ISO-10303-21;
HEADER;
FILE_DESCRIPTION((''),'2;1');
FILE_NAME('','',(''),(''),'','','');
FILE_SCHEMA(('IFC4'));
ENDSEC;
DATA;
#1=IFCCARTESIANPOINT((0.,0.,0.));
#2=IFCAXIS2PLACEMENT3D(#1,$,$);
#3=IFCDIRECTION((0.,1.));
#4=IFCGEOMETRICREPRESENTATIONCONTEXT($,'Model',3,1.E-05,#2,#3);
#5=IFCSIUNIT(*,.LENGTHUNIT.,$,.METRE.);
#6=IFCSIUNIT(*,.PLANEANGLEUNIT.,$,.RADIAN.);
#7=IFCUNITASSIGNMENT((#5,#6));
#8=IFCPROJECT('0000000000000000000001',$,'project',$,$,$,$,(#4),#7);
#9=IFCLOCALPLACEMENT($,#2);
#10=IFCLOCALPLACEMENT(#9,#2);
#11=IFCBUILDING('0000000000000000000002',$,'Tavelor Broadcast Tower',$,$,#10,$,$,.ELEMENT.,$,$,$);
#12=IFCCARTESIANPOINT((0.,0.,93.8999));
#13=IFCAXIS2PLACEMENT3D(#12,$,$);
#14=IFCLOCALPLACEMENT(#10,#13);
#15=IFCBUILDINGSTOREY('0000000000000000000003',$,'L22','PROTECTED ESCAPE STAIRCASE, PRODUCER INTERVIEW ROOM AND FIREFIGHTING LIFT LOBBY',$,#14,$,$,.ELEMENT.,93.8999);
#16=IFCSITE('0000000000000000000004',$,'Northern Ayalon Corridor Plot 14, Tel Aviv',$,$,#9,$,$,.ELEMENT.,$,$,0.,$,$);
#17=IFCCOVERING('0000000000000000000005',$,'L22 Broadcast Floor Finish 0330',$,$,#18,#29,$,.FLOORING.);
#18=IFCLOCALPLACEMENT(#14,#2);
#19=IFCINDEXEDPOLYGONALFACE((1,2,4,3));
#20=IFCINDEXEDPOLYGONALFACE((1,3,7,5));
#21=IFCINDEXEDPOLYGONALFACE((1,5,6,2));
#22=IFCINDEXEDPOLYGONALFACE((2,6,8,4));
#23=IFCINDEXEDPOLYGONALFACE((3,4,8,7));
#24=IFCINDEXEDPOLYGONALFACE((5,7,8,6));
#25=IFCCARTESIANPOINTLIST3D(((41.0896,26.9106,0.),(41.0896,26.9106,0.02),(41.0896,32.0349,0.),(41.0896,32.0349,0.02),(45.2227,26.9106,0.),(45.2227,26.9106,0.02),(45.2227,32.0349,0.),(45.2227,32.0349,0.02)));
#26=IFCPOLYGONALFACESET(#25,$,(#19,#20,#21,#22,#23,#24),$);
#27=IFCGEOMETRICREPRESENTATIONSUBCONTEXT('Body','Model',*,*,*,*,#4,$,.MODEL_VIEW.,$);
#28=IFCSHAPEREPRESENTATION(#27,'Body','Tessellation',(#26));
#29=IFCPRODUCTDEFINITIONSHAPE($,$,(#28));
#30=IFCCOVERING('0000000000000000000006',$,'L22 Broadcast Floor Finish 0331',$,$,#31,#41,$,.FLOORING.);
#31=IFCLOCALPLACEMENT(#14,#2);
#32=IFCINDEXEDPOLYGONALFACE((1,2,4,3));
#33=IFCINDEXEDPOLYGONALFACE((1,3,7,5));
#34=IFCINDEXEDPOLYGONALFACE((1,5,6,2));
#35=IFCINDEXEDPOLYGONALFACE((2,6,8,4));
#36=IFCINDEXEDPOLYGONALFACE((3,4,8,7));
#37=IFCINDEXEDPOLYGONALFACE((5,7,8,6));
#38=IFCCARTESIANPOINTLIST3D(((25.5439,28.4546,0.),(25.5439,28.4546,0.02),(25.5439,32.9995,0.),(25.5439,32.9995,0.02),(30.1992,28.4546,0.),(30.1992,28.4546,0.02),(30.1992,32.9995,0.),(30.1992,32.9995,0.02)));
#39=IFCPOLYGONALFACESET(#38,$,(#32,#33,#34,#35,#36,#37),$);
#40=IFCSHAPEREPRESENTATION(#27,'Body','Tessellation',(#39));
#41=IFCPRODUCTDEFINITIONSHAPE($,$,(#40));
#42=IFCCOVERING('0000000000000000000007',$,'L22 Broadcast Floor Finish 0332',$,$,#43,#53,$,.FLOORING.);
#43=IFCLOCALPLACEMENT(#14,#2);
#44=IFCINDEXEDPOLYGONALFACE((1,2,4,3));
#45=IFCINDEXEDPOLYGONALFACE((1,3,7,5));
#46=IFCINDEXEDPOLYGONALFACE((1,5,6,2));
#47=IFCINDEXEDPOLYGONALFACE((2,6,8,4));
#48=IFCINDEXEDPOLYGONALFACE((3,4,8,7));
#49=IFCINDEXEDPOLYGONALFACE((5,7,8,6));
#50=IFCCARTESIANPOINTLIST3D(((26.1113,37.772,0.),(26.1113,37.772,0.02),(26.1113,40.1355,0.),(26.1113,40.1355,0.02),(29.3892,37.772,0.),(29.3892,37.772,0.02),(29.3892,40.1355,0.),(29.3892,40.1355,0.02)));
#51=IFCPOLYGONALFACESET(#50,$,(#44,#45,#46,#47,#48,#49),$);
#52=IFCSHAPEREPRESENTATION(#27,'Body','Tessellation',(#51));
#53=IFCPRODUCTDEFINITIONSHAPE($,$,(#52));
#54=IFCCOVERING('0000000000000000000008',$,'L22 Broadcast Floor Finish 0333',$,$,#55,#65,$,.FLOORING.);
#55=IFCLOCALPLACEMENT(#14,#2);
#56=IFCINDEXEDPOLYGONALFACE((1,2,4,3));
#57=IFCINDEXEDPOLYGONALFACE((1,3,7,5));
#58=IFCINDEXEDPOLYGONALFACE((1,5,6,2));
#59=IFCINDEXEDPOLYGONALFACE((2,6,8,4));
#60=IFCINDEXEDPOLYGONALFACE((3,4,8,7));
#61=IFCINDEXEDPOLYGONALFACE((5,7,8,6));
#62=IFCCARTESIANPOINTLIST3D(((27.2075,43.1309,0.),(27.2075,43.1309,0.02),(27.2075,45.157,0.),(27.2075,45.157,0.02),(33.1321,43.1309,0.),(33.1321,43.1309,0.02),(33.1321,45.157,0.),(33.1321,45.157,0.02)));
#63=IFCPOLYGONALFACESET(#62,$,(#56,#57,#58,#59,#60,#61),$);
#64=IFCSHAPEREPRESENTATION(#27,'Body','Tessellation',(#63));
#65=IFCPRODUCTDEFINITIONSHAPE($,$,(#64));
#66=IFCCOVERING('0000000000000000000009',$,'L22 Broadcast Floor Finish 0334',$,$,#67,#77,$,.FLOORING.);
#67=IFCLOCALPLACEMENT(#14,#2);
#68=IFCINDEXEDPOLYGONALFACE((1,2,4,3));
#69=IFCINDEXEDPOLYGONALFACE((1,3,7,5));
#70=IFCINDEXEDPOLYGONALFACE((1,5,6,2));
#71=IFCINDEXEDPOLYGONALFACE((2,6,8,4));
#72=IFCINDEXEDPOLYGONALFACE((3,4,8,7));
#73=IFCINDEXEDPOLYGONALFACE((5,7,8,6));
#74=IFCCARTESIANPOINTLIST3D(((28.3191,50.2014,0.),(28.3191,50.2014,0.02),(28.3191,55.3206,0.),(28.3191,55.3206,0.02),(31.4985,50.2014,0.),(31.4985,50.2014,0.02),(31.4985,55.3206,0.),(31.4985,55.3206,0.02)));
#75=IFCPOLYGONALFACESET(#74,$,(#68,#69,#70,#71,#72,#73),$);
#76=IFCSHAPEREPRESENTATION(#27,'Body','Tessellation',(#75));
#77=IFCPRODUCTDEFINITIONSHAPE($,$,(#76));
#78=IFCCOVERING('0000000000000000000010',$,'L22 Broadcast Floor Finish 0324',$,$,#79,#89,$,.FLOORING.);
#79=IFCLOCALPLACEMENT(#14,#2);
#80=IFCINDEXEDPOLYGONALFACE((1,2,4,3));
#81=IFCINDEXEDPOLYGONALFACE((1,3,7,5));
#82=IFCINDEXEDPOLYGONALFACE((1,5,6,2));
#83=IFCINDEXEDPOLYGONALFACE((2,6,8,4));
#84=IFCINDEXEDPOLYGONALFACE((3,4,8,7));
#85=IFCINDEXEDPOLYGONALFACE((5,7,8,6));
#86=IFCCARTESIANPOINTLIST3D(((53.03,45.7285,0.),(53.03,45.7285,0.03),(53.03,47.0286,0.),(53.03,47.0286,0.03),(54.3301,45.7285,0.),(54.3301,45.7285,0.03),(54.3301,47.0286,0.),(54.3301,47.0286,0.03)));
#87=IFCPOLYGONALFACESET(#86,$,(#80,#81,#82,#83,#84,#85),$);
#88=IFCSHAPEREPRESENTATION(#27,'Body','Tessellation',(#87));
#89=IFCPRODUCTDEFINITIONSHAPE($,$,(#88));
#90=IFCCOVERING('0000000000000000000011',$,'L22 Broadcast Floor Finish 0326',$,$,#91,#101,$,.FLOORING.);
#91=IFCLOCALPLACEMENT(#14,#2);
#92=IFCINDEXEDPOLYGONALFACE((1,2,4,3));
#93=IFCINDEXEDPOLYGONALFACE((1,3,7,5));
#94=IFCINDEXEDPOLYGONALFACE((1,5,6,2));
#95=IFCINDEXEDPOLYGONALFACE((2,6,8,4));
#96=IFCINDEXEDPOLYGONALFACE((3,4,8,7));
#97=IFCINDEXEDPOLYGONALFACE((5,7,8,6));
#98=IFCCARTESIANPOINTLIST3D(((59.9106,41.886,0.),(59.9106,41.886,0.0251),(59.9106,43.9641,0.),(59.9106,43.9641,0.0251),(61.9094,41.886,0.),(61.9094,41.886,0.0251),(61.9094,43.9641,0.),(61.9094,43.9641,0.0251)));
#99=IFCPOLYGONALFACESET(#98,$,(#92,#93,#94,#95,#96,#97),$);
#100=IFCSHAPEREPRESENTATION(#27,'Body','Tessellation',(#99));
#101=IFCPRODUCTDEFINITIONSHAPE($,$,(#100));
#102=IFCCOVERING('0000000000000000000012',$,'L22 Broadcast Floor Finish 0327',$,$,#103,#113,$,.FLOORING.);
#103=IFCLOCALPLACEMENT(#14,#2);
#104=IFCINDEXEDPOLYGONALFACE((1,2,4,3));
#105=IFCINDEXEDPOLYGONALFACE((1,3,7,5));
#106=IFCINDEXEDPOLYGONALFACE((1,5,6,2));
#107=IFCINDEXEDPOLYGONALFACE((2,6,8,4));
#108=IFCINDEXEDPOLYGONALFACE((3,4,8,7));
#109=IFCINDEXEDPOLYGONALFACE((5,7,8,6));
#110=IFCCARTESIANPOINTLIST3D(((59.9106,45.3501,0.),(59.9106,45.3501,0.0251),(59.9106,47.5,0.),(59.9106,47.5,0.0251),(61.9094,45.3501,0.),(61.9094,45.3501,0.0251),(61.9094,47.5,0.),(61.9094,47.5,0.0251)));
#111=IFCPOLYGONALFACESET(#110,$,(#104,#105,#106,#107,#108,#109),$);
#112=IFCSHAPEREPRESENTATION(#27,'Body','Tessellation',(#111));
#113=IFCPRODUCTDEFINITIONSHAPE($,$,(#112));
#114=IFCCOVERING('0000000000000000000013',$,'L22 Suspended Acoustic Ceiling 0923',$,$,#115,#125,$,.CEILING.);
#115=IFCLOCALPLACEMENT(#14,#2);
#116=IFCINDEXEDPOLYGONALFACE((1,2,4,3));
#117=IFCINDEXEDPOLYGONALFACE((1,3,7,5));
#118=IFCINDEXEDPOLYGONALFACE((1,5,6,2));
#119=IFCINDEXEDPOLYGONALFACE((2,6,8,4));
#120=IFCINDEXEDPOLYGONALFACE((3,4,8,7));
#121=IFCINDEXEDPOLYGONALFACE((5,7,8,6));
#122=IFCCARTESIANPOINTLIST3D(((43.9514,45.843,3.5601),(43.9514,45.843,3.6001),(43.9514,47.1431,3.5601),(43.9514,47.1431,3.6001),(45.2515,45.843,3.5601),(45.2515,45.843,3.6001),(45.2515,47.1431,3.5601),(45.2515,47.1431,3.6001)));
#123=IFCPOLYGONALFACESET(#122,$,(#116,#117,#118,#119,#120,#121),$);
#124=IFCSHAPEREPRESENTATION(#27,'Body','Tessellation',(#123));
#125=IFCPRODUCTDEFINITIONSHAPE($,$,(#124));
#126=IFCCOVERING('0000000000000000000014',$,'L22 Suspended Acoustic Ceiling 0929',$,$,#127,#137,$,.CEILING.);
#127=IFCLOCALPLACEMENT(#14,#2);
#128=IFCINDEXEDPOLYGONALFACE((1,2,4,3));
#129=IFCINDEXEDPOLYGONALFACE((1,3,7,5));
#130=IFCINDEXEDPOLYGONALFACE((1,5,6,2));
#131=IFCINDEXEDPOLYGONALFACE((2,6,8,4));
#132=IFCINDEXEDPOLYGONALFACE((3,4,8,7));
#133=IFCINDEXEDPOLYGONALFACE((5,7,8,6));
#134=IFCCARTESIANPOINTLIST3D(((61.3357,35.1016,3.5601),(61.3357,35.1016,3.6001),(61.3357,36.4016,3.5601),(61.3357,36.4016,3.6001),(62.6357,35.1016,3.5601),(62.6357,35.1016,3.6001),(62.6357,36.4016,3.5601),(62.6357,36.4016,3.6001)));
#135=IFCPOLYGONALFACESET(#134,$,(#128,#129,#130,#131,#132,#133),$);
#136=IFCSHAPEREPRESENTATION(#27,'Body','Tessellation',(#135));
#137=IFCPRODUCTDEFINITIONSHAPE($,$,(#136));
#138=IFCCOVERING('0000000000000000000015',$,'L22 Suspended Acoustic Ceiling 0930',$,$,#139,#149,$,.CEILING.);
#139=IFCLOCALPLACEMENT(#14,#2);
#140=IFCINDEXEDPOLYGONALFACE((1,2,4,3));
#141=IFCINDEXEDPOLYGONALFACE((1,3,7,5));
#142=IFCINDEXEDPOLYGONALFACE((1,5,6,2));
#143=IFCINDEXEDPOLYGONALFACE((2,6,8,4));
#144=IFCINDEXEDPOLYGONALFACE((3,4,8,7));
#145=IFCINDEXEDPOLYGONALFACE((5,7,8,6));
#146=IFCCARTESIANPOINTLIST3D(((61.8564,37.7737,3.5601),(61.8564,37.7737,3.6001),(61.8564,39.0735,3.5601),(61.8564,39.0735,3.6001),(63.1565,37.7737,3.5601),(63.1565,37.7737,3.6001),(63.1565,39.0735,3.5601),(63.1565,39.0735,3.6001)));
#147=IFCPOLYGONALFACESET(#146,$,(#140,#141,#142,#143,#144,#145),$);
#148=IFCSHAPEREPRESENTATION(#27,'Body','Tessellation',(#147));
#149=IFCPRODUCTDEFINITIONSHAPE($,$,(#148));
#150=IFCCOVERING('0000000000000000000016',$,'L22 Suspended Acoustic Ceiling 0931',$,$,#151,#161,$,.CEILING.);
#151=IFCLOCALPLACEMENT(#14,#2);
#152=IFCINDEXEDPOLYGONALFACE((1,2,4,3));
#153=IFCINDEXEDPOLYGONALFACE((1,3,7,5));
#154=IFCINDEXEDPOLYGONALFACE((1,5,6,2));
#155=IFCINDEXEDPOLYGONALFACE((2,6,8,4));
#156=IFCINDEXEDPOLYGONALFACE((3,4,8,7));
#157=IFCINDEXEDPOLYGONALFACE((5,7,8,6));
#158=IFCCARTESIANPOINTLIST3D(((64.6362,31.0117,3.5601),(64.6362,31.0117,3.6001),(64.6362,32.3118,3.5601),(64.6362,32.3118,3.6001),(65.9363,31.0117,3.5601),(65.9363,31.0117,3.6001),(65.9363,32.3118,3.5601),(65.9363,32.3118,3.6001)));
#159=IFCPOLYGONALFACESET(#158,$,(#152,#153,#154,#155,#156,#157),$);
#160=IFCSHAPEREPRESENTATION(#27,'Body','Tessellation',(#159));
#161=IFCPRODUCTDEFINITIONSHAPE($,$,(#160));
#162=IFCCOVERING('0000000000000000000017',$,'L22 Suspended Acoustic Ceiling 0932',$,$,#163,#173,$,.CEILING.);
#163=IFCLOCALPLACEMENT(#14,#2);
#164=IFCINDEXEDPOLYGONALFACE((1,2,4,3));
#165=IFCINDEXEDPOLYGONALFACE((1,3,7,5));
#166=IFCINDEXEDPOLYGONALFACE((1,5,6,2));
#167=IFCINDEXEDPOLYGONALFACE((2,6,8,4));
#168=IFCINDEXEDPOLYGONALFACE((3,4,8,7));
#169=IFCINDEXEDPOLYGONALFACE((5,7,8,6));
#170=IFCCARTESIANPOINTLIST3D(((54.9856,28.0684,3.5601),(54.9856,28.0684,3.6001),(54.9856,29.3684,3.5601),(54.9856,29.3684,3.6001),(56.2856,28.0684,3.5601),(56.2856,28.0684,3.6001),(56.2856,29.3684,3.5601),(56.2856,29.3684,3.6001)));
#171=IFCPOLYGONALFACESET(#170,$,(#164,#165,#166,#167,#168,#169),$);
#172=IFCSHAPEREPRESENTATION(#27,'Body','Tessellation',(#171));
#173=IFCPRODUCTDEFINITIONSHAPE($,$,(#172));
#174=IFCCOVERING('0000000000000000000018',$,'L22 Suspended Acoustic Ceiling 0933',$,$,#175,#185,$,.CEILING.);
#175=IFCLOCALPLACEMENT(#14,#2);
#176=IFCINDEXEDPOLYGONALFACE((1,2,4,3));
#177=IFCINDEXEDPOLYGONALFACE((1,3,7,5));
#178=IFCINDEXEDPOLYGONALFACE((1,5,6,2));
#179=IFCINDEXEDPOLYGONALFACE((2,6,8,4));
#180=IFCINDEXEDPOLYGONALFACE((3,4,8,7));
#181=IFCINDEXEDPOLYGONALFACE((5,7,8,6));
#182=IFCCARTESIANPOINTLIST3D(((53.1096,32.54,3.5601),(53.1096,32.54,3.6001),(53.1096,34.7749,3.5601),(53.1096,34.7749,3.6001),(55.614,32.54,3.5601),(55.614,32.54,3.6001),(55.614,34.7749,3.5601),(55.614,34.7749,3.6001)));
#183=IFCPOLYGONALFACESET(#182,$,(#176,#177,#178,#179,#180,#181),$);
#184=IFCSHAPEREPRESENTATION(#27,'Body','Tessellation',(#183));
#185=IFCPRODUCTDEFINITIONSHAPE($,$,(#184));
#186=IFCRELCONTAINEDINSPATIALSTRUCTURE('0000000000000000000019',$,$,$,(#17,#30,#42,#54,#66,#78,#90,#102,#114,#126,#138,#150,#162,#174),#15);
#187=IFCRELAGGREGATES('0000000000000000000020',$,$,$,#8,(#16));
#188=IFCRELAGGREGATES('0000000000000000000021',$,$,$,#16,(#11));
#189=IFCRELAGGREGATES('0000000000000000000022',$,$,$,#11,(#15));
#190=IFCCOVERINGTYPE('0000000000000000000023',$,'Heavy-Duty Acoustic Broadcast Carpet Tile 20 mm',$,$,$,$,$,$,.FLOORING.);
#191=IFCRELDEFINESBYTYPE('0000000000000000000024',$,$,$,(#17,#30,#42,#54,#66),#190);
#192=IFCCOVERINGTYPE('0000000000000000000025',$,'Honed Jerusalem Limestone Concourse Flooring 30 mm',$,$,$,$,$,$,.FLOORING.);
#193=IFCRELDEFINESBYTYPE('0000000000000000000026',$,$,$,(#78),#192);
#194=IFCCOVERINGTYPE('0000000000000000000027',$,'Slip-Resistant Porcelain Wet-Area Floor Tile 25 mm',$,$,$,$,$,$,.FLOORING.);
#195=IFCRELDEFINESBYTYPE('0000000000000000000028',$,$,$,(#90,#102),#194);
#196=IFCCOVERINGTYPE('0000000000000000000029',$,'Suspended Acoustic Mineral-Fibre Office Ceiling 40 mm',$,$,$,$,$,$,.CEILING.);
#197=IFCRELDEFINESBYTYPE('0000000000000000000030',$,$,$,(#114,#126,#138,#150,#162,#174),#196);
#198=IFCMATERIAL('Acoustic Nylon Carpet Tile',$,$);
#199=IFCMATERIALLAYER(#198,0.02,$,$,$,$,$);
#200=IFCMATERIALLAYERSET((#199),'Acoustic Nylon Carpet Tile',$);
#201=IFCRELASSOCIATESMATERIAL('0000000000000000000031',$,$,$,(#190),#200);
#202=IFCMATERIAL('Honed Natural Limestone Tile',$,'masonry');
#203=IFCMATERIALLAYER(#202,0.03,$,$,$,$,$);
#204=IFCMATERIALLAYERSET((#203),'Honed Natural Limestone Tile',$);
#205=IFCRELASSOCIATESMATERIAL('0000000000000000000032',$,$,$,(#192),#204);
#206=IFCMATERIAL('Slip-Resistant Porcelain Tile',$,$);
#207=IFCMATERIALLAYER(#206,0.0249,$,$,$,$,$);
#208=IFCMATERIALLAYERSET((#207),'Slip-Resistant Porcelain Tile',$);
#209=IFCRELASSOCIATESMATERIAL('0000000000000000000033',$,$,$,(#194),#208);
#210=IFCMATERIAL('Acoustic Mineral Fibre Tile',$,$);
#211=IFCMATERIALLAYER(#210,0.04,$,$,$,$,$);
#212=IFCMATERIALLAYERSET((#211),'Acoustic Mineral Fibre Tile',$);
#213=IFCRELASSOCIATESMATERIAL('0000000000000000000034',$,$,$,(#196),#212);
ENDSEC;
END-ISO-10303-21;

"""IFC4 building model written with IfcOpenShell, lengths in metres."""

from ifc_helpers import new_model, si_unit, direction, frame, origin, place, context, subcontext, project, spatial, polyline, outline, extrude, material, layer, layer_set, type_object, element, save


model = new_model("IFC4")

# Units and contexts
model_context = context("Model", 3, precision=1e-05, world=origin(), true_north=direction((0.0, 1.0)))
body_context = subcontext(model_context, "Body", "Model", "MODEL_VIEW")
ifc_project = project(units=[si_unit("LENGTHUNIT", "METRE"), si_unit("PLANEANGLEUNIT", "RADIAN")], contexts=[model_context])

# Site, building, storey
site_placement = place(None, origin())
site = spatial("IfcSite", under=ifc_project, at=site_placement, Name="Northern Ayalon Corridor Plot 14, Tel Aviv", CompositionType="ELEMENT", RefElevation=0.0)
building_placement = place(site_placement, origin())
building = spatial("IfcBuilding", under=site, at=building_placement, Name="Tavelor Broadcast Tower", CompositionType="ELEMENT")
storey_placement = place(building_placement, frame((0.0, 0.0, 93.8999)))
storey = spatial("IfcBuildingStorey", under=building, at=storey_placement, Name="L22", Description="PROTECTED ESCAPE STAIRCASE, PRODUCER INTERVIEW ROOM AND FIREFIGHTING LIFT LOBBY", CompositionType="ELEMENT", Elevation=93.8999)

# Coverings
ifc_material_1 = material(Name="Acoustic Nylon Carpet Tile")
ifc_layer_1 = layer(ifc_material_1, 0.02)
ifc_layer_set_1 = layer_set([ifc_layer_1], Name="Acoustic Nylon Carpet Tile")
covering_type_1 = type_object("IfcCoveringType", Name="Heavy-Duty Acoustic Broadcast Carpet Tile 20 mm", PredefinedType="FLOORING", material=ifc_layer_set_1)
covering_1_placement = place(storey_placement, origin())
element("IfcCovering", 1, at=covering_1_placement, inside=storey, type_object=covering_type_1, Name="L22 Broadcast Floor Finish 0330", PredefinedType="FLOORING", context=body_context, shape_type="SweptSolid", body=[
    extrude(outline(polyline([(41.0896, 26.9106), (45.2227, 26.9106), (45.2227, 32.0349), (41.0896, 32.0349), (41.0896, 26.9106)])), origin(), (0.0, 0.0, 1.0), 0.02),
])
covering_2_placement = place(storey_placement, origin())
element("IfcCovering", 2, at=covering_2_placement, inside=storey, type_object=covering_type_1, Name="L22 Broadcast Floor Finish 0331", PredefinedType="FLOORING", context=body_context, shape_type="SweptSolid", body=[
    extrude(outline(polyline([(25.5439, 28.4546), (30.1992, 28.4546), (30.1992, 32.9995), (25.5439, 32.9995), (25.5439, 28.4546)])), origin(), (0.0, 0.0, 1.0), 0.02),
])
covering_3_placement = place(storey_placement, origin())
element("IfcCovering", 3, at=covering_3_placement, inside=storey, type_object=covering_type_1, Name="L22 Broadcast Floor Finish 0332", PredefinedType="FLOORING", context=body_context, shape_type="SweptSolid", body=[
    extrude(outline(polyline([(26.1113, 37.772), (29.3892, 37.772), (29.3892, 40.1355), (26.1113, 40.1355), (26.1113, 37.772)])), origin(), (0.0, 0.0, 1.0), 0.02),
])
covering_4_placement = place(storey_placement, origin())
element("IfcCovering", 4, at=covering_4_placement, inside=storey, type_object=covering_type_1, Name="L22 Broadcast Floor Finish 0333", PredefinedType="FLOORING", context=body_context, shape_type="SweptSolid", body=[
    extrude(outline(polyline([(27.2075, 43.1309), (33.1321, 43.1309), (33.1321, 45.157), (27.2075, 45.157), (27.2075, 43.1309)])), origin(), (0.0, 0.0, 1.0), 0.02),
])
covering_5_placement = place(storey_placement, origin())
element("IfcCovering", 5, at=covering_5_placement, inside=storey, type_object=covering_type_1, Name="L22 Broadcast Floor Finish 0334", PredefinedType="FLOORING", context=body_context, shape_type="SweptSolid", body=[
    extrude(outline(polyline([(28.3191, 50.2014), (31.4985, 50.2014), (31.4985, 55.3206), (28.3191, 55.3206), (28.3191, 50.2014)])), origin(), (0.0, 0.0, 1.0), 0.02),
])
ifc_material_2 = material(Name="Honed Natural Limestone Tile", Category="masonry")
ifc_layer_2 = layer(ifc_material_2, 0.03)
ifc_layer_set_2 = layer_set([ifc_layer_2], Name="Honed Natural Limestone Tile")
covering_type_2 = type_object("IfcCoveringType", Name="Honed Jerusalem Limestone Concourse Flooring 30 mm", PredefinedType="FLOORING", material=ifc_layer_set_2)
covering_6_placement = place(storey_placement, origin())
element("IfcCovering", 6, at=covering_6_placement, inside=storey, type_object=covering_type_2, Name="L22 Broadcast Floor Finish 0324", PredefinedType="FLOORING", context=body_context, shape_type="SweptSolid", body=[
    extrude(outline(polyline([(53.03, 45.7285), (54.3301, 45.7285), (54.3301, 47.0286), (53.03, 47.0286), (53.03, 45.7285)])), origin(), (0.0, 0.0, 1.0), 0.03),
])
ifc_material_3 = material(Name="Slip-Resistant Porcelain Tile")
ifc_layer_3 = layer(ifc_material_3, 0.0249)
ifc_layer_set_3 = layer_set([ifc_layer_3], Name="Slip-Resistant Porcelain Tile")
covering_type_3 = type_object("IfcCoveringType", Name="Slip-Resistant Porcelain Wet-Area Floor Tile 25 mm", PredefinedType="FLOORING", material=ifc_layer_set_3)
covering_7_placement = place(storey_placement, origin())
element("IfcCovering", 7, at=covering_7_placement, inside=storey, type_object=covering_type_3, Name="L22 Broadcast Floor Finish 0326", PredefinedType="FLOORING", context=body_context, shape_type="SweptSolid", body=[
    extrude(outline(polyline([(59.9106, 41.886), (61.9094, 41.886), (61.9094, 43.9641), (59.9106, 43.9641), (59.9106, 41.886)])), origin(), (0.0, 0.0, 1.0), 0.0251),
])
covering_8_placement = place(storey_placement, origin())
element("IfcCovering", 8, at=covering_8_placement, inside=storey, type_object=covering_type_3, Name="L22 Broadcast Floor Finish 0327", PredefinedType="FLOORING", context=body_context, shape_type="SweptSolid", body=[
    extrude(outline(polyline([(59.9106, 45.3501), (61.9094, 45.3501), (61.9094, 47.5), (59.9106, 47.5), (59.9106, 45.3501)])), origin(), (0.0, 0.0, 1.0), 0.0251),
])
ifc_material_4 = material(Name="Acoustic Mineral Fibre Tile")
ifc_layer_4 = layer(ifc_material_4, 0.04)
ifc_layer_set_4 = layer_set([ifc_layer_4], Name="Acoustic Mineral Fibre Tile")
covering_type_4 = type_object("IfcCoveringType", Name="Suspended Acoustic Mineral-Fibre Office Ceiling 40 mm", PredefinedType="CEILING", material=ifc_layer_set_4)
covering_9_placement = place(storey_placement, frame((0.0, 0.0, 3.5601)))
element("IfcCovering", 9, at=covering_9_placement, inside=storey, type_object=covering_type_4, Name="L22 Suspended Acoustic Ceiling 0923", PredefinedType="CEILING", context=body_context, shape_type="SweptSolid", body=[
    extrude(outline(polyline([(43.9514, 45.843), (45.2515, 45.843), (45.2515, 47.1431), (43.9514, 47.1431), (43.9514, 45.843)])), origin(), (0.0, 0.0, 1.0), 0.04),
])
covering_10_placement = place(storey_placement, frame((0.0, 0.0, 3.5601)))
element("IfcCovering", 10, at=covering_10_placement, inside=storey, type_object=covering_type_4, Name="L22 Suspended Acoustic Ceiling 0929", PredefinedType="CEILING", context=body_context, shape_type="SweptSolid", body=[
    extrude(outline(polyline([(61.3357, 35.1016), (62.6357, 35.1016), (62.6357, 36.4016), (61.3357, 36.4016), (61.3357, 35.1016)])), origin(), (0.0, 0.0, 1.0), 0.04),
])
covering_11_placement = place(storey_placement, frame((0.0, 0.0, 3.5601)))
element("IfcCovering", 11, at=covering_11_placement, inside=storey, type_object=covering_type_4, Name="L22 Suspended Acoustic Ceiling 0930", PredefinedType="CEILING", context=body_context, shape_type="SweptSolid", body=[
    extrude(outline(polyline([(61.8564, 37.7737), (63.1565, 37.7737), (63.1565, 39.0735), (61.8564, 39.0735), (61.8564, 37.7737)])), origin(), (0.0, 0.0, 1.0), 0.04),
])
covering_12_placement = place(storey_placement, frame((0.0, 0.0, 3.5601)))
element("IfcCovering", 12, at=covering_12_placement, inside=storey, type_object=covering_type_4, Name="L22 Suspended Acoustic Ceiling 0931", PredefinedType="CEILING", context=body_context, shape_type="SweptSolid", body=[
    extrude(outline(polyline([(64.6362, 31.0117), (65.9363, 31.0117), (65.9363, 32.3118), (64.6362, 32.3118), (64.6362, 31.0117)])), origin(), (0.0, 0.0, 1.0), 0.04),
])
covering_13_placement = place(storey_placement, frame((0.0, 0.0, 3.5601)))
element("IfcCovering", 13, at=covering_13_placement, inside=storey, type_object=covering_type_4, Name="L22 Suspended Acoustic Ceiling 0932", PredefinedType="CEILING", context=body_context, shape_type="SweptSolid", body=[
    extrude(outline(polyline([(54.9856, 28.0684), (56.2856, 28.0684), (56.2856, 29.3684), (54.9856, 29.3684), (54.9856, 28.0684)])), origin(), (0.0, 0.0, 1.0), 0.04),
])
covering_14_placement = place(storey_placement, frame((0.0, 0.0, 3.5601)))
element("IfcCovering", 14, at=covering_14_placement, inside=storey, type_object=covering_type_4, Name="L22 Suspended Acoustic Ceiling 0933", PredefinedType="CEILING", context=body_context, shape_type="SweptSolid", body=[
    extrude(outline(polyline([(53.1096, 32.54), (55.614, 32.54), (55.614, 34.7749), (53.1096, 34.7749), (53.1096, 32.54)])), origin(), (0.0, 0.0, 1.0), 0.04),
])

save(model, "model.ifc")
